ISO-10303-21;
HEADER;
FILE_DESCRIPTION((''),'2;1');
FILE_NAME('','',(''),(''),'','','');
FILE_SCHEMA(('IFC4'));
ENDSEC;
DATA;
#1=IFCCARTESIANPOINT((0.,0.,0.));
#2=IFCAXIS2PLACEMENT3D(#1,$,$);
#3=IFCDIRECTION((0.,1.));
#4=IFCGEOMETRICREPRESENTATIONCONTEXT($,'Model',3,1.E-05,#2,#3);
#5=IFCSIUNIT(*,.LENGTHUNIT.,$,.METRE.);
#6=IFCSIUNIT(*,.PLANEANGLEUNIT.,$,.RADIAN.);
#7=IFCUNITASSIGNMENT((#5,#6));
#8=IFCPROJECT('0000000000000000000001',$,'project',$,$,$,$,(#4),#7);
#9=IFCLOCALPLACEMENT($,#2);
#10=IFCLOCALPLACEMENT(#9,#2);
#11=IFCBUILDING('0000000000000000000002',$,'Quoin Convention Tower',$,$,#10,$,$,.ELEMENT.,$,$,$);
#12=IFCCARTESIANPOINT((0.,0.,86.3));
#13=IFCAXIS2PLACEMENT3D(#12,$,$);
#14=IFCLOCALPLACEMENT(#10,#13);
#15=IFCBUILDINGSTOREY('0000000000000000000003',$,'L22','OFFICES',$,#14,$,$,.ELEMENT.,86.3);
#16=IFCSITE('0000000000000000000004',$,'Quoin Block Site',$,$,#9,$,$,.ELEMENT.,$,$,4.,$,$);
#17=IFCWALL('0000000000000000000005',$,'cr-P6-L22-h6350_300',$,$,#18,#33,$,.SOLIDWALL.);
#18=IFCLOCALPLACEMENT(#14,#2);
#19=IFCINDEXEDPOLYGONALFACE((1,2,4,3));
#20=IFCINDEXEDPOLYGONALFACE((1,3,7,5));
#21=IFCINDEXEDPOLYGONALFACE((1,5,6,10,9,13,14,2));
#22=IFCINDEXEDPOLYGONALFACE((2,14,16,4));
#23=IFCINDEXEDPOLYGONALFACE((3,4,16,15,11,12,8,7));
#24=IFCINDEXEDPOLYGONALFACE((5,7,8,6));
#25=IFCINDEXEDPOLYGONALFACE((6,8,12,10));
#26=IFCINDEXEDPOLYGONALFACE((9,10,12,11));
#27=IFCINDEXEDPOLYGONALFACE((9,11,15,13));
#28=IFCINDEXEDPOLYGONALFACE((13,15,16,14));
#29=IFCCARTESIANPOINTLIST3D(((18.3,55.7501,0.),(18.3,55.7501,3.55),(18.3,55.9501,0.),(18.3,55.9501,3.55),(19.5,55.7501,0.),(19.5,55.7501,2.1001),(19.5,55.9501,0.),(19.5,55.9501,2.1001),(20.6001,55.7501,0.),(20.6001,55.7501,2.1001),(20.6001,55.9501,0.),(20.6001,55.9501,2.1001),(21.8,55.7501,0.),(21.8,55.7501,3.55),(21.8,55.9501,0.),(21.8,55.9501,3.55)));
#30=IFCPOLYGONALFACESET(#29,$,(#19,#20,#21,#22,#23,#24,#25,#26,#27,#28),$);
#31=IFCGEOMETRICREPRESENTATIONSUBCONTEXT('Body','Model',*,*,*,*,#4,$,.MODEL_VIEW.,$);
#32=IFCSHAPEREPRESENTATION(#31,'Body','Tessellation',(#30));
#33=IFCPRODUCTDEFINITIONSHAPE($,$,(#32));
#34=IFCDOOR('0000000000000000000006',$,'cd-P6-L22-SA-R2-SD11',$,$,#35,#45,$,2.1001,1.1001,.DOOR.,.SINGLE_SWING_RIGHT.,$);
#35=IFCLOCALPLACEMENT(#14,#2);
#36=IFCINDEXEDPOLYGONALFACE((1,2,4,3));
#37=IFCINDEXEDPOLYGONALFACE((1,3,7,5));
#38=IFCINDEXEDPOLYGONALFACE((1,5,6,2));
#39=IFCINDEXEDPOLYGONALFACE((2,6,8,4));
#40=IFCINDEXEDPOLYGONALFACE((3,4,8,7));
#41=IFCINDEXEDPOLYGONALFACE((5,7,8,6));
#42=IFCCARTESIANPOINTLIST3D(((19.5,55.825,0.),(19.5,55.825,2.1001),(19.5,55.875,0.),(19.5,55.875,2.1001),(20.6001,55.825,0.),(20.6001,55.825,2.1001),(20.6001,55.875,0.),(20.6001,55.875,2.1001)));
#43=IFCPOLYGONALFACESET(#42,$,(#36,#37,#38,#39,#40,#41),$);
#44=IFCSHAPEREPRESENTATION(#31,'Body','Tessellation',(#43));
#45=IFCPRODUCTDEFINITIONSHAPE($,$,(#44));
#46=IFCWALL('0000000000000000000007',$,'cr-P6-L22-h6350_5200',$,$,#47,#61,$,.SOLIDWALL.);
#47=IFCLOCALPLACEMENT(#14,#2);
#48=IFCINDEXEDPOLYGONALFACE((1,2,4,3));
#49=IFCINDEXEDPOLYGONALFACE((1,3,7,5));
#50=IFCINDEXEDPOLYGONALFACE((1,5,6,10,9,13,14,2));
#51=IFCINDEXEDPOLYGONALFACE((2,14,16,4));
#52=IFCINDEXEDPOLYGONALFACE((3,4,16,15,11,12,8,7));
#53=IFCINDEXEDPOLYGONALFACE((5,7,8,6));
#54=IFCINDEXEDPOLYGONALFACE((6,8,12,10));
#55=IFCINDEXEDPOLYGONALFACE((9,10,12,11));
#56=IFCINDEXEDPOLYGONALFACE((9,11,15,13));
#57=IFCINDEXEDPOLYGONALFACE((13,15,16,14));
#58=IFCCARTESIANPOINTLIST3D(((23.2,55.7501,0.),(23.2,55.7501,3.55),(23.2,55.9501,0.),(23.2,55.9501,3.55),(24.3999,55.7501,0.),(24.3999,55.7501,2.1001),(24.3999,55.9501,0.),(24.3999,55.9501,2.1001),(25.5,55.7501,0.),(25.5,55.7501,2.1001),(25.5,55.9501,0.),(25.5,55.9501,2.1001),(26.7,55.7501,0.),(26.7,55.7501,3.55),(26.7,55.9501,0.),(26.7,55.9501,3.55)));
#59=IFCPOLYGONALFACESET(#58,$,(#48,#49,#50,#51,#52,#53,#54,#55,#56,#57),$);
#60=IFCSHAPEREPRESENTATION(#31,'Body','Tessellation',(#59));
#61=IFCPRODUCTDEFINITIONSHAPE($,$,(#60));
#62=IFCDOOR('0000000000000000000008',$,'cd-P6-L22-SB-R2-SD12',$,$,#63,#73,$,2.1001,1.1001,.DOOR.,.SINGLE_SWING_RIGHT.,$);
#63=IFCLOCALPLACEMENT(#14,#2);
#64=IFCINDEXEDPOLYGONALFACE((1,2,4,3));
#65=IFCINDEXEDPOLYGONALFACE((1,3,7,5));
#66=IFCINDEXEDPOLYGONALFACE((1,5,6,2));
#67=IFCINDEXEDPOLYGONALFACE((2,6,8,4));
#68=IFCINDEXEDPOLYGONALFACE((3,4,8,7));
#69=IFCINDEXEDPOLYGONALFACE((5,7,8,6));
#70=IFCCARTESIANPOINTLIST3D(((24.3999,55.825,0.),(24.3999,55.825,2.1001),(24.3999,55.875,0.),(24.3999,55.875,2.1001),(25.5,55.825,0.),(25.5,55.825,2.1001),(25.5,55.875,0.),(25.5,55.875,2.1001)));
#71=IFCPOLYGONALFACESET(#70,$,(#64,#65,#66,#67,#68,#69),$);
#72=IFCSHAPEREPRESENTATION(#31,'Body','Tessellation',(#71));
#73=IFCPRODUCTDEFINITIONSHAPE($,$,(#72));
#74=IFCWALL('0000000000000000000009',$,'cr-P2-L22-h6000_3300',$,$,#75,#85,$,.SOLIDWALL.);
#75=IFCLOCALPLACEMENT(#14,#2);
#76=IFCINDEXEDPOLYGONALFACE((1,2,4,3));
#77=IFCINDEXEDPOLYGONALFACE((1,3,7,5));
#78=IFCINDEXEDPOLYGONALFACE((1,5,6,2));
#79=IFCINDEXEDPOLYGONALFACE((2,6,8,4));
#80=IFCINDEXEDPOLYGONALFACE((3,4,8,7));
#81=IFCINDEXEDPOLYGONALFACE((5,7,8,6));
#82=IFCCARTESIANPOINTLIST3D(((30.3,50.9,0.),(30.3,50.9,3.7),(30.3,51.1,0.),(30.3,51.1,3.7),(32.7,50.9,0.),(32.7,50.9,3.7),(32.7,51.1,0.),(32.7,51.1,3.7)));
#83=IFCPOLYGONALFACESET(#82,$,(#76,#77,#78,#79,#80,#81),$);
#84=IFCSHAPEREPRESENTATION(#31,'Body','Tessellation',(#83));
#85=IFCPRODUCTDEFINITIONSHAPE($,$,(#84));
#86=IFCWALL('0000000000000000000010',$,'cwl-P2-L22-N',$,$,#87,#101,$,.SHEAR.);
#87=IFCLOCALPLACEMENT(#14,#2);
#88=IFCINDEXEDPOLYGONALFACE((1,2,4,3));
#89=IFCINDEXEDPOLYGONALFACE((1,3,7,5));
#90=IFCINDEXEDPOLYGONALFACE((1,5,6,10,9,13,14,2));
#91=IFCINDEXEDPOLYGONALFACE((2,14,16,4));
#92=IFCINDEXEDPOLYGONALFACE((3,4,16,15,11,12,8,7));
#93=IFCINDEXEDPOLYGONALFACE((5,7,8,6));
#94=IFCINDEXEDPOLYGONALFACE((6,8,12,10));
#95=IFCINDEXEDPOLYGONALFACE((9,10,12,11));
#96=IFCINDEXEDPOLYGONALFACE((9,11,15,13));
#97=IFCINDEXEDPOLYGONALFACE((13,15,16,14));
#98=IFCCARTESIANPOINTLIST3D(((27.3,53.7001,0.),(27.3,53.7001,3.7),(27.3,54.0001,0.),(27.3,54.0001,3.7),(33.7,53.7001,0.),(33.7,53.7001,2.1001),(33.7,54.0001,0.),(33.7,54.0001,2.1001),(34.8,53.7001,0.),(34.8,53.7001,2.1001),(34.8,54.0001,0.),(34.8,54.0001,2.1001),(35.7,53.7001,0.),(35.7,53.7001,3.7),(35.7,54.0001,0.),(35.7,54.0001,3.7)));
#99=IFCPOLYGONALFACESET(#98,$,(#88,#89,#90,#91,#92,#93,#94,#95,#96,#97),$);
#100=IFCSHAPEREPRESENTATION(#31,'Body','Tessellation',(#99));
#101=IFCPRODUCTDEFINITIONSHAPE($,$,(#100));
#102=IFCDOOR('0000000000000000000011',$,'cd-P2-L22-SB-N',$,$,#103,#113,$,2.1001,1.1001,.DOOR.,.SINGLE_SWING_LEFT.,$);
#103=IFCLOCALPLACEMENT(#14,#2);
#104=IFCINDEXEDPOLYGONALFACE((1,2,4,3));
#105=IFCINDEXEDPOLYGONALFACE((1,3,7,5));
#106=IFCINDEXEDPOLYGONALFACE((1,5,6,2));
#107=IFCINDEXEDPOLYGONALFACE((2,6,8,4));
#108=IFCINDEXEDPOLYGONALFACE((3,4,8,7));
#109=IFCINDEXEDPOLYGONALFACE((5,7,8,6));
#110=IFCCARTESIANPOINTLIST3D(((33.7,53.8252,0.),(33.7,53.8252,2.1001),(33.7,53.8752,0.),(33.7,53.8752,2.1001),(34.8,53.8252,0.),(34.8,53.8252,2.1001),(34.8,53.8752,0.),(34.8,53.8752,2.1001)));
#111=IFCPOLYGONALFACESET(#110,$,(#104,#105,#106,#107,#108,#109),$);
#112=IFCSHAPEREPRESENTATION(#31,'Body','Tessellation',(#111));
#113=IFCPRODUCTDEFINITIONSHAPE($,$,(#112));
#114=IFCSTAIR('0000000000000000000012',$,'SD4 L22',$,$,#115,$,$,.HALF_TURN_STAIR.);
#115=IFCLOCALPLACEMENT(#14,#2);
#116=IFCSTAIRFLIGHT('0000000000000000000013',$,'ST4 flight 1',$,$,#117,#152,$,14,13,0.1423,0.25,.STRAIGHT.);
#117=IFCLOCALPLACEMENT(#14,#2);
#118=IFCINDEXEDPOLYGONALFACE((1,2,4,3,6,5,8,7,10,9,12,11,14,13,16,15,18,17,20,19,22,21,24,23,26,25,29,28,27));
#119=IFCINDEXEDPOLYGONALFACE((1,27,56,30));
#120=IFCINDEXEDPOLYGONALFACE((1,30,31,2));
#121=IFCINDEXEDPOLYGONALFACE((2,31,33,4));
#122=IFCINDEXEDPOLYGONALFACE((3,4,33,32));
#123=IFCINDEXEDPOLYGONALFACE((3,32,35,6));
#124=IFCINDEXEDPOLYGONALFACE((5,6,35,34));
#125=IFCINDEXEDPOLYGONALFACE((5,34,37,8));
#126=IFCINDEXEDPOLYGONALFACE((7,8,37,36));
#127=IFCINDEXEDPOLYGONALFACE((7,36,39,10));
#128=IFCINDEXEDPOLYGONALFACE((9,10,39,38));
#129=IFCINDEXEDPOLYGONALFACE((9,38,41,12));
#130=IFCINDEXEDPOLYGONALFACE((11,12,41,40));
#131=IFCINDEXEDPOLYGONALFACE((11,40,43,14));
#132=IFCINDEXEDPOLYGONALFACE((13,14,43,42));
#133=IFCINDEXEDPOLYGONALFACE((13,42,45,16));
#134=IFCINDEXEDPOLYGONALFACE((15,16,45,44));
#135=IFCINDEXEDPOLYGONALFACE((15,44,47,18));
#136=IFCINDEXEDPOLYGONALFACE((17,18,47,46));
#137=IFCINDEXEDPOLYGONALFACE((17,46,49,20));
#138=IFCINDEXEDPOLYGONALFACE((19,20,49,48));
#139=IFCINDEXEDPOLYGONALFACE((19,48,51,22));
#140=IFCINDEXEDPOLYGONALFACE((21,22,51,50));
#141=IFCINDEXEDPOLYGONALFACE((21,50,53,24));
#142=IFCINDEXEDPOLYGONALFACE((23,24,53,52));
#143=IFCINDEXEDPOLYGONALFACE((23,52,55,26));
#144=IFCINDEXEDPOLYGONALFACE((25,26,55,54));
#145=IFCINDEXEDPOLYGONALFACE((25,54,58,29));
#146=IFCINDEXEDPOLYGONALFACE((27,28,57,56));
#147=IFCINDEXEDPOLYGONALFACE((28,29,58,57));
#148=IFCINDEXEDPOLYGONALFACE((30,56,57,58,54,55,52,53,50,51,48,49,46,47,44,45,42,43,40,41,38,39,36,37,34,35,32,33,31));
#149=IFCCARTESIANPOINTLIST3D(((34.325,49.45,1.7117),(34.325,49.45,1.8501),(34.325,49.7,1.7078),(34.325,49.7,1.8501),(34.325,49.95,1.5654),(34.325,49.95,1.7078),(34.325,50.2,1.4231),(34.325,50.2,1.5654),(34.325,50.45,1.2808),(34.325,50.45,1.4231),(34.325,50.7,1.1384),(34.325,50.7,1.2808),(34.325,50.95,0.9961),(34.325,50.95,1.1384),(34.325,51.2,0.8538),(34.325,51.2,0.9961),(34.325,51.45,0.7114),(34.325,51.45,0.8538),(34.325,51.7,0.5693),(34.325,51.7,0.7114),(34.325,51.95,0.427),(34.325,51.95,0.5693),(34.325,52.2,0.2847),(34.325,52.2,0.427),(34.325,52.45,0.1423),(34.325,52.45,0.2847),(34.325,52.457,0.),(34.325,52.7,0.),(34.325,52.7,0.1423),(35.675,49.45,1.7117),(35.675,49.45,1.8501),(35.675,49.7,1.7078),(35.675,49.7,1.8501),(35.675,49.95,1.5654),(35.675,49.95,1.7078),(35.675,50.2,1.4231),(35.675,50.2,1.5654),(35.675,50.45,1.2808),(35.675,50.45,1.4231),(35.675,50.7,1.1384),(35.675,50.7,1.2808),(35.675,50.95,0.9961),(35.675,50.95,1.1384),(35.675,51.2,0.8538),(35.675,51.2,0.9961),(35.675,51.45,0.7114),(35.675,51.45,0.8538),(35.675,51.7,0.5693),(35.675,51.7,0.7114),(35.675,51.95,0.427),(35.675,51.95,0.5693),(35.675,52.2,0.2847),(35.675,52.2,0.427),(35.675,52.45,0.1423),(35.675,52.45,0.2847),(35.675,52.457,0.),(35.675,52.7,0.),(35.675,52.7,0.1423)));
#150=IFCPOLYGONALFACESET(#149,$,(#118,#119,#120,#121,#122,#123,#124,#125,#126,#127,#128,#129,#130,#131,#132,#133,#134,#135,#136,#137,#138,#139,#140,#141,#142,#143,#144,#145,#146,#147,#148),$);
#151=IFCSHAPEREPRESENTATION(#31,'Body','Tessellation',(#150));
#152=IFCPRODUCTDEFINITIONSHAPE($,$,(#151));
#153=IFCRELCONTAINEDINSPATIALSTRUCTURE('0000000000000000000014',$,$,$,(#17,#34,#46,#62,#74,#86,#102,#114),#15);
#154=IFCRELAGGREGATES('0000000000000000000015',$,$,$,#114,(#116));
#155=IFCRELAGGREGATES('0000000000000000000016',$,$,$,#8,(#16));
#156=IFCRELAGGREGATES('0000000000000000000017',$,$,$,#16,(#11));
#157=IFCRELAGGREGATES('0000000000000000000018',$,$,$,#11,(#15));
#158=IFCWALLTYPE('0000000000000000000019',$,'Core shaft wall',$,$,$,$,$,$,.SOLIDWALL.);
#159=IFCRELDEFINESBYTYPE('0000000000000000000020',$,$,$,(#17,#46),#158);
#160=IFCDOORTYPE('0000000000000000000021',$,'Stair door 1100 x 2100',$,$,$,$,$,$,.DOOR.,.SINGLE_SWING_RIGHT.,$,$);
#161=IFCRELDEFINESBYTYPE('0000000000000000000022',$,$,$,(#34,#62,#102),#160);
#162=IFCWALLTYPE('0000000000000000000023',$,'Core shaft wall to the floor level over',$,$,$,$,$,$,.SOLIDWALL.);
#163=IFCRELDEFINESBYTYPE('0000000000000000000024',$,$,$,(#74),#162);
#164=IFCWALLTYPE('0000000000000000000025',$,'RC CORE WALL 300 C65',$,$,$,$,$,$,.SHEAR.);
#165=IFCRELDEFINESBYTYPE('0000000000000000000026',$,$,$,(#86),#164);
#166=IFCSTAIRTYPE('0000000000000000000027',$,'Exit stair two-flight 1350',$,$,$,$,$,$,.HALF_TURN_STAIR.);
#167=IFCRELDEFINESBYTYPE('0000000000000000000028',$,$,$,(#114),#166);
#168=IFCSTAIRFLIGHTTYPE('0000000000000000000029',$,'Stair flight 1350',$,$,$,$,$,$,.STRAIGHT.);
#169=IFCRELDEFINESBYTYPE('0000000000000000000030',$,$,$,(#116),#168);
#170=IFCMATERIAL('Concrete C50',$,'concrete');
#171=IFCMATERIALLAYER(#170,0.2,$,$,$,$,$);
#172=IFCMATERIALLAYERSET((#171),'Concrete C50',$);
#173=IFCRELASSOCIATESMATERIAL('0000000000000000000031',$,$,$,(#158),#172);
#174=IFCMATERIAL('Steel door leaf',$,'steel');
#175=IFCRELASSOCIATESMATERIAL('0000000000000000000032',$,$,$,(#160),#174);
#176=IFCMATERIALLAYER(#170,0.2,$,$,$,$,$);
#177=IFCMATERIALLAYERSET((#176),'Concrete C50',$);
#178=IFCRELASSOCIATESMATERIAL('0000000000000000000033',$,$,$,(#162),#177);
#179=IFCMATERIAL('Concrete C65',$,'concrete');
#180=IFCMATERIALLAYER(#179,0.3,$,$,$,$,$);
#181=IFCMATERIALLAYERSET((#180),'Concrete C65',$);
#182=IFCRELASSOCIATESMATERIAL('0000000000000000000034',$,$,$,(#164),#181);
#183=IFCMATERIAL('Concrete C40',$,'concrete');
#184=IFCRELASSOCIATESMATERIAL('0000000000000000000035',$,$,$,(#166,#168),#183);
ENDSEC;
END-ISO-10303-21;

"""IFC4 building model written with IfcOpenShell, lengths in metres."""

from ifc_helpers import new_model, si_unit, direction, frame, frame_2d, origin, place, context, subcontext, project, spatial, polyline, rectangle, outline, extrude, material, layer, layer_set, type_object, element, fill, aggregate, save


model = new_model("IFC4")

# Units and contexts
model_context = context("Model", 3, precision=1e-05, world=origin(), true_north=direction((0.0, 1.0)))
body_context = subcontext(model_context, "Body", "Model", "MODEL_VIEW")
ifc_project = project(units=[si_unit("LENGTHUNIT", "METRE"), si_unit("PLANEANGLEUNIT", "RADIAN")], contexts=[model_context])

# Site, building, storey
site_placement = place(None, origin())
site = spatial("IfcSite", under=ifc_project, at=site_placement, Name="Quoin Block Site", CompositionType="ELEMENT", RefElevation=4.0)
building_placement = place(site_placement, origin())
building = spatial("IfcBuilding", under=site, at=building_placement, Name="Quoin Convention Tower", CompositionType="ELEMENT")
storey_placement = place(building_placement, frame((0.0, 0.0, 86.3)))
storey = spatial("IfcBuildingStorey", under=building, at=storey_placement, Name="L22", Description="OFFICES", CompositionType="ELEMENT", Elevation=86.3)

# Shared definitions
ifc_material_1 = material(Name="Concrete C65", Category="concrete")

# Shared definitions
ifc_material_2 = material(Name="Concrete C50", Category="concrete")
ifc_layer_1 = layer(ifc_material_2, 0.2)
ifc_layer_set_1 = layer_set([ifc_layer_1], Name="Concrete C50")
wall_type_1 = type_object("IfcWallType", Name="Core shaft wall", PredefinedType="SOLIDWALL", material=ifc_layer_set_1)

# Walls, openings, doors
wall_1_placement = place(storey_placement, frame((18.3, 55.8501, 0.0), z_axis=(0.0, 0.0, 1.0), x_axis=(1.0, 0.0, 0.0)))
wall_1 = element("IfcWall", 1, at=wall_1_placement, inside=storey, type_object=wall_type_1, Name="cr-P6-L22-h6350_300", PredefinedType="SOLIDWALL", context=body_context, shape_type="SweptSolid", body=[
    extrude(rectangle(XDim=3.5, YDim=0.2, at=frame_2d((1.75, 0.0))), origin(), (0.0, 0.0, 1.0), 3.55),
])
opening_1_placement = place(wall_1_placement, frame((1.2, 0.0, 0.0)))
opening_1 = element("IfcOpeningElement", 2, at=opening_1_placement, cuts=wall_1, PredefinedType="OPENING", context=body_context, shape_type="SweptSolid", body=[
    extrude(rectangle(XDim=1.1001, YDim=2.1001, at=frame_2d((0.55, 1.05))), frame((0.0, 0.1099, 0.0), z_axis=(0.0, -1.0, 0.0), x_axis=(1.0, 0.0, 0.0)), (0.0, 0.0, 1.0), 0.22),
])
ifc_material_3 = material(Name="Steel door leaf", Category="steel")
door_type = type_object("IfcDoorType", Name="Stair door 1100 x 2100", OperationType="SINGLE_SWING_RIGHT", PredefinedType="DOOR", material=ifc_material_3)
door_1_placement = place(opening_1_placement, origin())
door_1 = element("IfcDoor", 3, at=door_1_placement, inside=storey, type_object=door_type, Name="cd-P6-L22-SA-R2-SD11", OperationType="SINGLE_SWING_RIGHT", OverallHeight=2.1001, OverallWidth=1.1001, PredefinedType="DOOR", context=body_context, shape_type="SweptSolid", body=[
    extrude(rectangle(XDim=1.1001, YDim=2.1001, at=frame_2d((0.55, 1.05))), frame((0.0, 0.0249, 0.0), z_axis=(0.0, -1.0, 0.0), x_axis=(1.0, 0.0, 0.0)), (0.0, 0.0, 1.0), 0.05),
])
fill(opening_1, door_1)
wall_2_placement = place(storey_placement, frame((23.2, 55.8501, 0.0), z_axis=(0.0, 0.0, 1.0), x_axis=(1.0, 0.0, 0.0)))
wall_2 = element("IfcWall", 4, at=wall_2_placement, inside=storey, type_object=wall_type_1, Name="cr-P6-L22-h6350_5200", PredefinedType="SOLIDWALL", context=body_context, shape_type="SweptSolid", body=[
    extrude(rectangle(XDim=3.5, YDim=0.2, at=frame_2d((1.75, 0.0))), origin(), (0.0, 0.0, 1.0), 3.55),
])
opening_2_placement = place(wall_2_placement, frame((1.2, 0.0, 0.0)))
opening_2 = element("IfcOpeningElement", 5, at=opening_2_placement, cuts=wall_2, PredefinedType="OPENING", context=body_context, shape_type="SweptSolid", body=[
    extrude(rectangle(XDim=1.1001, YDim=2.1001, at=frame_2d((0.55, 1.05))), frame((0.0, 0.1099, 0.0), z_axis=(0.0, -1.0, 0.0), x_axis=(1.0, 0.0, 0.0)), (0.0, 0.0, 1.0), 0.22),
])
door_2_placement = place(opening_2_placement, origin())
door_2 = element("IfcDoor", 6, at=door_2_placement, inside=storey, type_object=door_type, Name="cd-P6-L22-SB-R2-SD12", OperationType="SINGLE_SWING_RIGHT", OverallHeight=2.1001, OverallWidth=1.1001, PredefinedType="DOOR", context=body_context, shape_type="SweptSolid", body=[
    extrude(rectangle(XDim=1.1001, YDim=2.1001, at=frame_2d((0.55, 1.05))), frame((0.0, 0.0249, 0.0), z_axis=(0.0, -1.0, 0.0), x_axis=(1.0, 0.0, 0.0)), (0.0, 0.0, 1.0), 0.05),
])
fill(opening_2, door_2)

# Wall
ifc_layer_2 = layer(ifc_material_2, 0.2)
ifc_layer_set_2 = layer_set([ifc_layer_2], Name="Concrete C50")
wall_type_2 = type_object("IfcWallType", Name="Core shaft wall to the floor level over", PredefinedType="SOLIDWALL", material=ifc_layer_set_2)
wall_3_placement = place(storey_placement, frame((30.3, 51.0, 0.0), z_axis=(0.0, 0.0, 1.0), x_axis=(1.0, 0.0, 0.0)))
element("IfcWall", 7, at=wall_3_placement, inside=storey, type_object=wall_type_2, Name="cr-P2-L22-h6000_3300", PredefinedType="SOLIDWALL", context=body_context, shape_type="SweptSolid", body=[
    extrude(rectangle(XDim=2.3999, YDim=0.2, at=frame_2d((1.2, 0.0))), origin(), (0.0, 0.0, 1.0), 3.7),
])

# Wall, opening, door
ifc_layer_3 = layer(ifc_material_1, 0.3)
ifc_layer_set_3 = layer_set([ifc_layer_3], Name="Concrete C65")
wall_type_3 = type_object("IfcWallType", Name="RC CORE WALL 300 C65", PredefinedType="SHEAR", material=ifc_layer_set_3)
wall_4_placement = place(storey_placement, frame((27.3, 53.8501, 0.0), z_axis=(0.0, 0.0, 1.0), x_axis=(1.0, 0.0, 0.0)))
wall_4 = element("IfcWall", 8, at=wall_4_placement, inside=storey, type_object=wall_type_3, Name="cwl-P2-L22-N", PredefinedType="SHEAR", context=body_context, shape_type="SweptSolid", body=[
    extrude(rectangle(XDim=8.3999, YDim=0.3, at=frame_2d((4.2, 0.0))), origin(), (0.0, 0.0, 1.0), 3.7),
])
opening_3_placement = place(wall_4_placement, frame((6.3999, 0.0, 0.0)))
opening_3 = element("IfcOpeningElement", 9, at=opening_3_placement, cuts=wall_4, PredefinedType="OPENING", context=body_context, shape_type="SweptSolid", body=[
    extrude(rectangle(XDim=1.1001, YDim=2.1001, at=frame_2d((0.55, 1.05))), frame((0.0, 0.1599, 0.0), z_axis=(0.0, -1.0, 0.0), x_axis=(1.0, 0.0, 0.0)), (0.0, 0.0, 1.0), 0.3201),
])
door_3_placement = place(opening_3_placement, frame((1.1001, 0.0, 0.0), z_axis=(0.0, 0.0, 1.0), x_axis=(-1.0, 0.0, 0.0)))
door_3 = element("IfcDoor", 10, at=door_3_placement, inside=storey, type_object=door_type, Name="cd-P2-L22-SB-N", OperationType="SINGLE_SWING_LEFT", OverallHeight=2.1001, OverallWidth=1.1001, PredefinedType="DOOR", context=body_context, shape_type="SweptSolid", body=[
    extrude(rectangle(XDim=1.1001, YDim=2.1001, at=frame_2d((0.55, 1.05))), frame((0.0, 0.0249, 0.0), z_axis=(0.0, -1.0, 0.0), x_axis=(1.0, 0.0, 0.0)), (0.0, 0.0, 1.0), 0.05),
])
fill(opening_3, door_3)

# Stair, stair flight
ifc_material_4 = material(Name="Concrete C40", Category="concrete")
stair_type_1 = type_object("IfcStairType", Name="Exit stair two-flight 1350", PredefinedType="HALF_TURN_STAIR", material=ifc_material_4)
stair_1_placement = place(storey_placement, origin())
stair_1 = element("IfcStair", 11, at=stair_1_placement, inside=storey, type_object=stair_type_1, Name="SD4 L22", PredefinedType="HALF_TURN_STAIR")
stair_flight_type_1 = type_object("IfcStairFlightType", Name="Stair flight 1350", PredefinedType="STRAIGHT", material=ifc_material_4)
stair_flight_1_placement = place(storey_placement, frame((35.0, 52.7, 0.0), z_axis=(0.0, 0.0, 1.0), x_axis=(0.0, -1.0, 0.0)))
stair_flight_1 = element("IfcStairFlight", 12, at=stair_flight_1_placement, type_object=stair_flight_type_1, Name="ST4 flight 1", NumberOfRisers=14, NumberOfTreads=13, PredefinedType="STRAIGHT", RiserHeight=0.1423, TreadLength=0.25, context=body_context, shape_type="SweptSolid", body=[
    extrude(outline(polyline([(0.0, 0.0), (0.0, 0.1423), (0.25, 0.1423), (0.25, 0.2847), (0.5, 0.2847), (0.5, 0.427), (0.75, 0.427), (0.75, 0.5693), (1.0, 0.5693), (1.0, 0.7114), (1.25, 0.7114), (1.25, 0.8538), (1.5, 0.8538), (1.5, 0.9961), (1.75, 0.9961), (1.75, 1.1384), (2.0, 1.1384), (2.0, 1.2808), (2.25, 1.2808), (2.25, 1.4231), (2.5, 1.4231), (2.5, 1.5654), (2.75, 1.5654), (2.75, 1.7078), (3.0, 1.7078), (3.0, 1.8501), (3.25, 1.8501), (3.25, 1.9922), (3.25, 1.7117), (0.2429, 0.0), (0.0, 0.0)])), frame((0.0, 0.675, 0.0), z_axis=(0.0, -1.0, 0.0), x_axis=(1.0, 0.0, 0.0)), (0.0, 0.0, 1.0), 1.3501),
])
aggregate(stair_1, [stair_flight_1])

save(model, "model.ifc")
